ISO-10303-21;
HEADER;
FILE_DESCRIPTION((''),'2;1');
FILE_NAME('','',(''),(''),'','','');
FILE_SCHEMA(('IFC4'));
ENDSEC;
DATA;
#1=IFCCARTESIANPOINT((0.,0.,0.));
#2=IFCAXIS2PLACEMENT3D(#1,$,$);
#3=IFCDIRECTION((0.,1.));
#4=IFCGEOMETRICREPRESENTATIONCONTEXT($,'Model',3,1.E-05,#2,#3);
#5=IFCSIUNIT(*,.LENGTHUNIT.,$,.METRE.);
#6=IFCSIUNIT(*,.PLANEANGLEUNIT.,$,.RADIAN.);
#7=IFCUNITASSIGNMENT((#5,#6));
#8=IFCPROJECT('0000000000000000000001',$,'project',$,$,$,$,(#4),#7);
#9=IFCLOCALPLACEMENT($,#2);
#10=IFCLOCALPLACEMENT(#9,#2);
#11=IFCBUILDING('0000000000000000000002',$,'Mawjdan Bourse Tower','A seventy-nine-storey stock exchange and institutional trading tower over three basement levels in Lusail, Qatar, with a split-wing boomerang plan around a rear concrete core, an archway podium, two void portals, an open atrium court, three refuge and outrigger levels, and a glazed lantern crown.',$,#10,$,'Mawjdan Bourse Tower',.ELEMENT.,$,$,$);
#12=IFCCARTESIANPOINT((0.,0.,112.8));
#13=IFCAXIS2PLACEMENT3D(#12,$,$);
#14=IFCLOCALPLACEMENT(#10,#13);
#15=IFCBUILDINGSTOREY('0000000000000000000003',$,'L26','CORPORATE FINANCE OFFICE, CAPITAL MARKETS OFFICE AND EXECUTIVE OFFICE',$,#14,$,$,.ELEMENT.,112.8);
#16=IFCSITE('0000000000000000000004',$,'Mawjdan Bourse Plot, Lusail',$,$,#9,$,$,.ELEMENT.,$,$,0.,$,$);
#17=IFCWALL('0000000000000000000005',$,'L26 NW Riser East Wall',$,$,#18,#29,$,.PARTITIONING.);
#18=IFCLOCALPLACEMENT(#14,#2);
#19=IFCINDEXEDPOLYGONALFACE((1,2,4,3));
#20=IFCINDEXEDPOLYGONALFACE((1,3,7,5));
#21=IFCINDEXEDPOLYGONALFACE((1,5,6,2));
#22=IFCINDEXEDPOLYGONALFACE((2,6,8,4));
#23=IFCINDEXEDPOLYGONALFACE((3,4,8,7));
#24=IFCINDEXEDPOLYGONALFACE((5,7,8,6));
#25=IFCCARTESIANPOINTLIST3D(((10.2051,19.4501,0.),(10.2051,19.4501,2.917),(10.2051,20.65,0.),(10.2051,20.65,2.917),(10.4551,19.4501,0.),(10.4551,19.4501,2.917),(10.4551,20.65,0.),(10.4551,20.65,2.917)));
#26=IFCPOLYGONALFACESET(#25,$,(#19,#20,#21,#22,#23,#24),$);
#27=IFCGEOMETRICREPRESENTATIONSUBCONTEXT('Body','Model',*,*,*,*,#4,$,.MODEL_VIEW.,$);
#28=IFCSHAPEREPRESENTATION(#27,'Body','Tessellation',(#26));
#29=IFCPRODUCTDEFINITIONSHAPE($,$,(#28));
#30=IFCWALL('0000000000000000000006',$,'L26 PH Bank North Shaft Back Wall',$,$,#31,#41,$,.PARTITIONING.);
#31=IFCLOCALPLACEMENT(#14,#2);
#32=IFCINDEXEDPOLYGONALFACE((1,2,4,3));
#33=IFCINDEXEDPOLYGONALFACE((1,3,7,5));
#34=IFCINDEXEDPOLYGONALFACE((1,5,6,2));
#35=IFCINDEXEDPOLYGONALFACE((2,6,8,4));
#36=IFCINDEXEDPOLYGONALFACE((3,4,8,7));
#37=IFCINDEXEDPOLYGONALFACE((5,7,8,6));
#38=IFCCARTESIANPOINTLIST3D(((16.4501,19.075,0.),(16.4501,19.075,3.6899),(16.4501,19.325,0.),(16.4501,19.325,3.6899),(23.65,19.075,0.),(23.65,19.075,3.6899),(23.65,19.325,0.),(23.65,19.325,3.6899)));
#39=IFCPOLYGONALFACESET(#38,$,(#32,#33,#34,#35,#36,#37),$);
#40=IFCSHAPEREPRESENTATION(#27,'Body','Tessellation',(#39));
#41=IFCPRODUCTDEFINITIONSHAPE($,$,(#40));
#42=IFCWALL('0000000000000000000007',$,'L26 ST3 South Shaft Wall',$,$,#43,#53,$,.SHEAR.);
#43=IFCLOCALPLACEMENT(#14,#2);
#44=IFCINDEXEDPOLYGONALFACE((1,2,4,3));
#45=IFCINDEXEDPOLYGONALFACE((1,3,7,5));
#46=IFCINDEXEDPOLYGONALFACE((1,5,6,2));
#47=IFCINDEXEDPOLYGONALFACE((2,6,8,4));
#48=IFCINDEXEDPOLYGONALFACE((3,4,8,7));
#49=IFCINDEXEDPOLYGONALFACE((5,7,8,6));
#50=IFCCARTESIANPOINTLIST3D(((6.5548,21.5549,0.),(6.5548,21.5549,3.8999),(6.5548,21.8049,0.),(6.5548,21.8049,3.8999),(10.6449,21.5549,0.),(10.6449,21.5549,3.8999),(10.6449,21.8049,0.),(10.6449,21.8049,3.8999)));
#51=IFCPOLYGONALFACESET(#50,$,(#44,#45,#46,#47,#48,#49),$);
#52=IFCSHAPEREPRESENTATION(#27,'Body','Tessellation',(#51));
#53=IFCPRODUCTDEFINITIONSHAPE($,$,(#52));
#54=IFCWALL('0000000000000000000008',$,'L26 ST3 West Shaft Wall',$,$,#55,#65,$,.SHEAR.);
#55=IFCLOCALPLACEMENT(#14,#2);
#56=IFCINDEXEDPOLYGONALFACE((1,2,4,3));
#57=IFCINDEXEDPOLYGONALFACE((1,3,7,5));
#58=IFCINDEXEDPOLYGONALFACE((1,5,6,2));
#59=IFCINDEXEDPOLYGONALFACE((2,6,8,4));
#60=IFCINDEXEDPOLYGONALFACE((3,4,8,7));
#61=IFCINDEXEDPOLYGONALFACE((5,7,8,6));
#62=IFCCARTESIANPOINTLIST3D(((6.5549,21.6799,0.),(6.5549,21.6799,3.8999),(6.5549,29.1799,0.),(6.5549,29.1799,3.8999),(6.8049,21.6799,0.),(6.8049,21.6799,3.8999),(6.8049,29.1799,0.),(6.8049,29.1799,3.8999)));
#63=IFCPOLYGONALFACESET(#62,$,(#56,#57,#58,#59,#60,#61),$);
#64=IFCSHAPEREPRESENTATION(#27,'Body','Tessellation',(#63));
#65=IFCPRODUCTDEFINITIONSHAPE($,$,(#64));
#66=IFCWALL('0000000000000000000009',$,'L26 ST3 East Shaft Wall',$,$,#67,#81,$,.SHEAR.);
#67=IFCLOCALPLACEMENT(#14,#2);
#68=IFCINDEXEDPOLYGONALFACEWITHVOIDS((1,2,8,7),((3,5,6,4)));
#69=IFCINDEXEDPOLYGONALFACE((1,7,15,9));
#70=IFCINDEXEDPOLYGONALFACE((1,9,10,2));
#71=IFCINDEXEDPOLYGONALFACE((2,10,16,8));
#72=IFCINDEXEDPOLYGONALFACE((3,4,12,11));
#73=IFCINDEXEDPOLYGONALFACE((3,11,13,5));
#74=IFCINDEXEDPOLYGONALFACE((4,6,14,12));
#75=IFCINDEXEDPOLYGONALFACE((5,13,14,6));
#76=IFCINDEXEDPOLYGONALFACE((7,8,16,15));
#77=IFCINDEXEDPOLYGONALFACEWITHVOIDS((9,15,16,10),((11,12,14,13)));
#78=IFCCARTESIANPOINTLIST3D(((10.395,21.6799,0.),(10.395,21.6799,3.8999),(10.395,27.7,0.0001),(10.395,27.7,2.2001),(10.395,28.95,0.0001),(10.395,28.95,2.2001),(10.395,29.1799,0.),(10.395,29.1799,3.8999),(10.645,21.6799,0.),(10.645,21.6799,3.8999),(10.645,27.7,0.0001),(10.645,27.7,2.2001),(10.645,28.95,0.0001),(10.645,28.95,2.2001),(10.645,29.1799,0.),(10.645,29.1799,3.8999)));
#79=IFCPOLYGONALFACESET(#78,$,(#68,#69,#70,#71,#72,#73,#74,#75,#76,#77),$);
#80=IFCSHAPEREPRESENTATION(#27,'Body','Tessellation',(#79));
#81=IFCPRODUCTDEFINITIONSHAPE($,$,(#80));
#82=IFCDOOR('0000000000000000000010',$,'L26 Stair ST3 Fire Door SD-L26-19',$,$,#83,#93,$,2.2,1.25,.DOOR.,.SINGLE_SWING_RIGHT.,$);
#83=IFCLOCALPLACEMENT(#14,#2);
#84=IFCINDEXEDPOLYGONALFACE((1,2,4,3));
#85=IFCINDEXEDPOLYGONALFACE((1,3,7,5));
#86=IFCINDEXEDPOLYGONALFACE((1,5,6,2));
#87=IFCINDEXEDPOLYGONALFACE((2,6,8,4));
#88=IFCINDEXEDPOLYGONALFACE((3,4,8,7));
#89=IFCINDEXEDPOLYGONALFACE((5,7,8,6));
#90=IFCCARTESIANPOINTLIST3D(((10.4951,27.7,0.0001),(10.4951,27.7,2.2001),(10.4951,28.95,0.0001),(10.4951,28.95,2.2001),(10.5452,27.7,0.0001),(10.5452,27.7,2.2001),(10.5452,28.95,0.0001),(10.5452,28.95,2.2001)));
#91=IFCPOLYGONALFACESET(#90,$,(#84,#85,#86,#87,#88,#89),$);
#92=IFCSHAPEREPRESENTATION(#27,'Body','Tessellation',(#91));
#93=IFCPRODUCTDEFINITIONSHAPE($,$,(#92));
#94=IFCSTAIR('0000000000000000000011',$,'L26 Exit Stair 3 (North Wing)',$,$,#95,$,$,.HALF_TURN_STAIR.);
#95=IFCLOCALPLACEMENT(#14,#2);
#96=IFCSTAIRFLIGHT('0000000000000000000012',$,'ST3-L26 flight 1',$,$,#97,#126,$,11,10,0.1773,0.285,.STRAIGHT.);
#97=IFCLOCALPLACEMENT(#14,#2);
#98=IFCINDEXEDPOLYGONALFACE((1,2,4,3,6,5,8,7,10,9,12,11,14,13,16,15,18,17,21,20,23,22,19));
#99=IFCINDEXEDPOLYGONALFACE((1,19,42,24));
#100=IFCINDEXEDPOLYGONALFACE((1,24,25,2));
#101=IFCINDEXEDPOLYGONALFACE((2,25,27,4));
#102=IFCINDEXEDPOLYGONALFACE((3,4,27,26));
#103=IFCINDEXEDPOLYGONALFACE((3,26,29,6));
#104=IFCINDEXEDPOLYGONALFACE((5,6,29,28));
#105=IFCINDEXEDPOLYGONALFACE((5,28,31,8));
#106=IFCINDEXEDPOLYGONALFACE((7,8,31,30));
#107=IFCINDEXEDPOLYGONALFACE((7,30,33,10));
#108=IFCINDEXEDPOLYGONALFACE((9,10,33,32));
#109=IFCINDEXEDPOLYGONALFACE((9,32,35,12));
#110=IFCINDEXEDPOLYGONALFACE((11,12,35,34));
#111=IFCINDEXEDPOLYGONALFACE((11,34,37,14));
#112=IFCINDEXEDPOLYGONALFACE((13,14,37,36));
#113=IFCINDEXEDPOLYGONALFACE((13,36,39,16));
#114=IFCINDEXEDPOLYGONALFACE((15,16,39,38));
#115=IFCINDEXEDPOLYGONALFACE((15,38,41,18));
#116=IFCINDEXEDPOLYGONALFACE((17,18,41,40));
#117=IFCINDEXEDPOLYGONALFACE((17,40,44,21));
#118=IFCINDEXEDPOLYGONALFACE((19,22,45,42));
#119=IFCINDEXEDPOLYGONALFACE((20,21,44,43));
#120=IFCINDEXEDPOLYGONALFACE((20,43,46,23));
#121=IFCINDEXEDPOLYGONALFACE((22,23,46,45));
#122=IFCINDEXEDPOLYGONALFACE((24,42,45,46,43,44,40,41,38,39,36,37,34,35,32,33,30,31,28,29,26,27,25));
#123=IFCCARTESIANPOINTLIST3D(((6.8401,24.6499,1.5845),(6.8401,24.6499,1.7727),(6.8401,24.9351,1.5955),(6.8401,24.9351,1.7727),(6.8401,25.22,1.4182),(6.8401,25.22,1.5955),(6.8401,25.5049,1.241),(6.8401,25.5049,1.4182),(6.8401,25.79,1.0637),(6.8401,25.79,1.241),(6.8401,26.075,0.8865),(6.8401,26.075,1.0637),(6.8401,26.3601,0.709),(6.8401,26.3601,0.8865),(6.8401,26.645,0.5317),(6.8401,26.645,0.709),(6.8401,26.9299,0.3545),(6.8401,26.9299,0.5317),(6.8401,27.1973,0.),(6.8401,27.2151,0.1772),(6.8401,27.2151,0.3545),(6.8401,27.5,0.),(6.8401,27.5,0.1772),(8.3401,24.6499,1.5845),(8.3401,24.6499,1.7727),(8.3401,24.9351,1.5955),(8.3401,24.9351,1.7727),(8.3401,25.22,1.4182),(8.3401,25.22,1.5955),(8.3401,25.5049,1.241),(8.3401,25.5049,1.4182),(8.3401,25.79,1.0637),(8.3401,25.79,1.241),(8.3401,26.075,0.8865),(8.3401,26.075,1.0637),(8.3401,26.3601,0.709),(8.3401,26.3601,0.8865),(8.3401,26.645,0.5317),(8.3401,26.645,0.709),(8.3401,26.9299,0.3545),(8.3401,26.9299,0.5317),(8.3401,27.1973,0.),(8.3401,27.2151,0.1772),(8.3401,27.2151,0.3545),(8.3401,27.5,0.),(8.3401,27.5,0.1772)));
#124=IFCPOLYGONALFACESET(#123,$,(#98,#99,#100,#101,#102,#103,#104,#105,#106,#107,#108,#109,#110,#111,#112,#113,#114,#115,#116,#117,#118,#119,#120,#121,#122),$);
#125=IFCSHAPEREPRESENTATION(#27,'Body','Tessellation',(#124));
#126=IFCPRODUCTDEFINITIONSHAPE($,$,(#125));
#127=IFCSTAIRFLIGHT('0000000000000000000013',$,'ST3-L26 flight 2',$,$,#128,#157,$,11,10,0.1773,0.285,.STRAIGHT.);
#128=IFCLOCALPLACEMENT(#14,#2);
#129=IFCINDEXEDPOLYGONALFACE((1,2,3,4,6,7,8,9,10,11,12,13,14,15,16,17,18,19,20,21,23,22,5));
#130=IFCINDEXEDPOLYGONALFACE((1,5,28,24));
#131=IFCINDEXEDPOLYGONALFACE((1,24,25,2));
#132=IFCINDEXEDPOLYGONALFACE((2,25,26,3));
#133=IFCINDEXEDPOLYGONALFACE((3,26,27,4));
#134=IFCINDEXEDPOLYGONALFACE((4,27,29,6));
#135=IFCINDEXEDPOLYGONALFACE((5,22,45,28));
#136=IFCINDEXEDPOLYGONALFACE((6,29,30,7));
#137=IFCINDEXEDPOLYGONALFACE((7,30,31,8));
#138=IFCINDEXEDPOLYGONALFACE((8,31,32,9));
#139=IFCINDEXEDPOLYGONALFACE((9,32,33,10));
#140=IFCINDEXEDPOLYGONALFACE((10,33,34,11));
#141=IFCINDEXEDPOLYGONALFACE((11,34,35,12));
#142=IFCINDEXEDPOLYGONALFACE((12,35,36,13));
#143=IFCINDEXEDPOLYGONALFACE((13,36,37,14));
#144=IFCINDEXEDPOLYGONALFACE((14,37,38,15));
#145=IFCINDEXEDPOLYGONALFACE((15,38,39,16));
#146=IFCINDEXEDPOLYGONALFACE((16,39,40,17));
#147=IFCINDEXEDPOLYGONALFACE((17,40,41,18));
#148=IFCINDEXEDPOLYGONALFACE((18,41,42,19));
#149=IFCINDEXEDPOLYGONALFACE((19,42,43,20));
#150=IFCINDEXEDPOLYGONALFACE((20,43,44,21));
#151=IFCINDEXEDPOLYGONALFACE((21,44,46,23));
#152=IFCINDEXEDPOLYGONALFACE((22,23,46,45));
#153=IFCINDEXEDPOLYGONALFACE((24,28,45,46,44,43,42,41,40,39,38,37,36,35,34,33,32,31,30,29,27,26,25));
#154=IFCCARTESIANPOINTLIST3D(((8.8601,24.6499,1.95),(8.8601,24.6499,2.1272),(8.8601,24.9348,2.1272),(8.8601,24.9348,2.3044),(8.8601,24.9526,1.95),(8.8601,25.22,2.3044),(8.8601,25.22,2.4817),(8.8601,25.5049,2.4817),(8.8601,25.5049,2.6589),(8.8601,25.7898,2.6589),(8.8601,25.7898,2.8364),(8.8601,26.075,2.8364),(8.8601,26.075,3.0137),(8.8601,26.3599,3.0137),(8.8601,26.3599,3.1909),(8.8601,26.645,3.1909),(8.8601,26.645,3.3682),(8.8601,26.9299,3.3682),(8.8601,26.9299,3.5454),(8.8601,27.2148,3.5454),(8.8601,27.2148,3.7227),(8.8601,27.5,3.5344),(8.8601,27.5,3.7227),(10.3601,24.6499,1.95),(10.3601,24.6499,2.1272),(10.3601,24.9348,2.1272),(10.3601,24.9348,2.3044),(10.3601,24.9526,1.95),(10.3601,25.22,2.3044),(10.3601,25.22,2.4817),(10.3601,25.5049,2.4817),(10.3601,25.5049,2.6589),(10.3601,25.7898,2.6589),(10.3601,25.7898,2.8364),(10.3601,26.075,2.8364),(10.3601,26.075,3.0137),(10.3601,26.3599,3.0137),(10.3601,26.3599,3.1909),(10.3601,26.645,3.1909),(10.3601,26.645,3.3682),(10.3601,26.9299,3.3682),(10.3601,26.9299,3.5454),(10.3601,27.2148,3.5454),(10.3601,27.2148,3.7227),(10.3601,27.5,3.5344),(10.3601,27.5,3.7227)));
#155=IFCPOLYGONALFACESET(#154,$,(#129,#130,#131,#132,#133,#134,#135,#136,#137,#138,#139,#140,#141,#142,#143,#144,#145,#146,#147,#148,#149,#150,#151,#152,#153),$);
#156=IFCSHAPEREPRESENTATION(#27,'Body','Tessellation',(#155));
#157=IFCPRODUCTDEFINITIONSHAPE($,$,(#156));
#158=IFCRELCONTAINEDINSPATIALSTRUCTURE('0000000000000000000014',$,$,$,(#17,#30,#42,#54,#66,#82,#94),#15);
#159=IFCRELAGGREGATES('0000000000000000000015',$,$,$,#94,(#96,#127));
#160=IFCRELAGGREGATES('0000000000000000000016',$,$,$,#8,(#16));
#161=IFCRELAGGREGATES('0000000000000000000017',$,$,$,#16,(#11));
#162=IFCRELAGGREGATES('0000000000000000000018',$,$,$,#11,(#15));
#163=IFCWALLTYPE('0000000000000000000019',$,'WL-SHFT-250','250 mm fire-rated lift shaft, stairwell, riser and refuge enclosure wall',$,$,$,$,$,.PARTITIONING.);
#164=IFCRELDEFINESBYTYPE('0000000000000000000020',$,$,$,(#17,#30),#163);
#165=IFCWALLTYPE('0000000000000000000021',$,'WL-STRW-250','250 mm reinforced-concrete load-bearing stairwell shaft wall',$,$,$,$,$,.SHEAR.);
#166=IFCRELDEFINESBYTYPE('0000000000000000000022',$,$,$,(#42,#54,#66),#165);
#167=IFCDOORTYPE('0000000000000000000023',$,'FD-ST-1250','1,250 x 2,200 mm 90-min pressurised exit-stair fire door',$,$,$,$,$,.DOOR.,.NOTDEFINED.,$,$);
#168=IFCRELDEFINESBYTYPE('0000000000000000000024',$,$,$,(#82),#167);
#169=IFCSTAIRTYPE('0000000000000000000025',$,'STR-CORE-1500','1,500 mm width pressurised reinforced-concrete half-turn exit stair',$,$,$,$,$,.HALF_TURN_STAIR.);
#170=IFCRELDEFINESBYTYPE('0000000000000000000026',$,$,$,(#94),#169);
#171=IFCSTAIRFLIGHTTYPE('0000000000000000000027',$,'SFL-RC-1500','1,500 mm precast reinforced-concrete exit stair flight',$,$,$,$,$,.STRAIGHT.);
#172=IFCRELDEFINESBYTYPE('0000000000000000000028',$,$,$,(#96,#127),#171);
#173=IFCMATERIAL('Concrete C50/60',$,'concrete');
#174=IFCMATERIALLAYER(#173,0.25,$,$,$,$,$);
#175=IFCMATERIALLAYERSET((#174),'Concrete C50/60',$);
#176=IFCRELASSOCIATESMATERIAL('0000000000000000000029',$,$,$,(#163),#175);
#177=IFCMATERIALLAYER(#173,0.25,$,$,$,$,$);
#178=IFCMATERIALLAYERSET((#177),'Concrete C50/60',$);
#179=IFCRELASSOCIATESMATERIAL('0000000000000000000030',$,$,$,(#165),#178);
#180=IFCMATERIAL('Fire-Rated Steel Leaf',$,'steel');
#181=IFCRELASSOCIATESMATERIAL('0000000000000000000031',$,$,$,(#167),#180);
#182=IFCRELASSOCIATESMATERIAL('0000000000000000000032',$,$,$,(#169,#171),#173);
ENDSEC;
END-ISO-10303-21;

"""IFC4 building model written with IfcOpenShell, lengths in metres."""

from ifc_helpers import new_model, si_unit, direction, frame, frame_2d, origin, place, context, subcontext, project, spatial, polyline, rectangle, outline, extrude, material, layer, layer_set, type_object, element, fill, aggregate, save


model = new_model("IFC4")

# Units and contexts
model_context = context("Model", 3, precision=1e-05, world=origin(), true_north=direction((0.0, 1.0)))
body_context = subcontext(model_context, "Body", "Model", "MODEL_VIEW")
ifc_project = project(units=[si_unit("LENGTHUNIT", "METRE"), si_unit("PLANEANGLEUNIT", "RADIAN")], contexts=[model_context])

# Site, building, storey
site_placement = place(None, origin())
site = spatial("IfcSite", under=ifc_project, at=site_placement, Name="Mawjdan Bourse Plot, Lusail", CompositionType="ELEMENT", RefElevation=0.0)
building_placement = place(site_placement, origin())
building = spatial("IfcBuilding", under=site, at=building_placement, Name="Mawjdan Bourse Tower", Description="A seventy-nine-storey stock exchange and institutional trading tower over three basement levels in Lusail, Qatar, with a split-wing boomerang plan around a rear concrete core, an archway podium, two void portals, an open atrium court, three refuge and outrigger levels, and a glazed lantern crown.", LongName="Mawjdan Bourse Tower", CompositionType="ELEMENT")
storey_placement = place(building_placement, frame((0.0, 0.0, 112.8)))
storey = spatial("IfcBuildingStorey", under=building, at=storey_placement, Name="L26", Description="CORPORATE FINANCE OFFICE, CAPITAL MARKETS OFFICE AND EXECUTIVE OFFICE", CompositionType="ELEMENT", Elevation=112.8)

# Walls
ifc_material_1 = material(Name="Concrete C50/60", Category="concrete")
ifc_layer_1 = layer(ifc_material_1, 0.25)
ifc_layer_set_1 = layer_set([ifc_layer_1], Name="Concrete C50/60")
wall_type_1 = type_object("IfcWallType", Name="WL-SHFT-250", Description="250 mm fire-rated lift shaft, stairwell, riser and refuge enclosure wall", PredefinedType="PARTITIONING", material=ifc_layer_set_1)
wall_1_placement = place(storey_placement, frame((10.3301, 19.45, 0.0), z_axis=(0.0, 0.0, 1.0), x_axis=(0.0, 1.0, 0.0)))
element("IfcWall", 1, at=wall_1_placement, inside=storey, type_object=wall_type_1, Name="L26 NW Riser East Wall", PredefinedType="PARTITIONING", context=body_context, shape_type="SweptSolid", body=[
    extrude(rectangle(XDim=1.2, YDim=0.25, at=frame_2d((0.6001, 0.0))), origin(), (0.0, 0.0, 1.0), 2.917),
])
wall_2_placement = place(storey_placement, frame((16.45, 19.2, 0.0), z_axis=(0.0, 0.0, 1.0), x_axis=(1.0, 0.0, 0.0)))
element("IfcWall", 2, at=wall_2_placement, inside=storey, type_object=wall_type_1, Name="L26 PH Bank North Shaft Back Wall", PredefinedType="PARTITIONING", context=body_context, shape_type="SweptSolid", body=[
    extrude(rectangle(XDim=7.2, YDim=0.25, at=frame_2d((3.6001, 0.0))), origin(), (0.0, 0.0, 1.0), 3.6899),
])
ifc_layer_2 = layer(ifc_material_1, 0.25)
ifc_layer_set_2 = layer_set([ifc_layer_2], Name="Concrete C50/60")
wall_type_2 = type_object("IfcWallType", Name="WL-STRW-250", Description="250 mm reinforced-concrete load-bearing stairwell shaft wall", PredefinedType="SHEAR", material=ifc_layer_set_2)
wall_3_placement = place(storey_placement, frame((6.5549, 21.6799, 0.0), z_axis=(0.0, 0.0, 1.0), x_axis=(1.0, 0.0, 0.0)))
element("IfcWall", 3, at=wall_3_placement, inside=storey, type_object=wall_type_2, Name="L26 ST3 South Shaft Wall", PredefinedType="SHEAR", context=body_context, shape_type="SweptSolid", body=[
    extrude(rectangle(XDim=4.0901, YDim=0.25, at=frame_2d((2.0449, 0.0))), origin(), (0.0, 0.0, 1.0), 3.8999),
])
wall_4_placement = place(storey_placement, frame((6.6799, 21.6799, 0.0), z_axis=(0.0, 0.0, 1.0), x_axis=(0.0, 1.0, 0.0)))
element("IfcWall", 4, at=wall_4_placement, inside=storey, type_object=wall_type_2, Name="L26 ST3 West Shaft Wall", PredefinedType="SHEAR", context=body_context, shape_type="SweptSolid", body=[
    extrude(rectangle(XDim=7.5, YDim=0.25, at=frame_2d((3.75, 0.0))), origin(), (0.0, 0.0, 1.0), 3.8999),
])

# Wall, opening, door
wall_5_placement = place(storey_placement, frame((10.52, 21.6799, 0.0), z_axis=(0.0, 0.0, 1.0), x_axis=(0.0, 1.0, 0.0)))
wall_5 = element("IfcWall", 5, at=wall_5_placement, inside=storey, type_object=wall_type_2, Name="L26 ST3 East Shaft Wall", PredefinedType="SHEAR", context=body_context, shape_type="SweptSolid", body=[
    extrude(rectangle(XDim=7.5, YDim=0.25, at=frame_2d((3.75, 0.0))), origin(), (0.0, 0.0, 1.0), 3.8999),
])
opening_1_placement = place(wall_5_placement, frame((6.02, 0.0, 0.0)))
opening_1 = element("IfcOpeningElement", 6, at=opening_1_placement, cuts=wall_5, PredefinedType="OPENING", context=body_context, shape_type="SweptSolid", body=[
    extrude(rectangle(XDim=1.25, YDim=2.2, at=frame_2d((0.625, 1.1001))), frame((0.0, 0.135, 0.0), z_axis=(0.0, -1.0, 0.0), x_axis=(1.0, 0.0, 0.0)), (0.0, 0.0, 1.0), 0.27),
])
ifc_material_2 = material(Name="Fire-Rated Steel Leaf", Category="steel")
door_type_1 = type_object("IfcDoorType", Name="FD-ST-1250", Description="1,250 x 2,200 mm 90-min pressurised exit-stair fire door", OperationType="NOTDEFINED", PredefinedType="DOOR", material=ifc_material_2)
door_1_placement = place(opening_1_placement, origin())
door_1 = element("IfcDoor", 7, at=door_1_placement, inside=storey, type_object=door_type_1, Name="L26 Stair ST3 Fire Door SD-L26-19", OperationType="SINGLE_SWING_RIGHT", OverallHeight=2.2, OverallWidth=1.25, PredefinedType="DOOR", context=body_context, shape_type="SweptSolid", body=[
    extrude(rectangle(XDim=1.25, YDim=2.2, at=frame_2d((0.625, 1.1001))), frame((0.0, 0.0249, 0.0), z_axis=(0.0, -1.0, 0.0), x_axis=(1.0, 0.0, 0.0)), (0.0, 0.0, 1.0), 0.05),
])
fill(opening_1, door_1)

# Stair, stair flights
stair_type = type_object("IfcStairType", Name="STR-CORE-1500", Description="1,500 mm width pressurised reinforced-concrete half-turn exit stair", PredefinedType="HALF_TURN_STAIR", material=ifc_material_1)
stair_placement = place(storey_placement, origin())
stair = element("IfcStair", 8, at=stair_placement, inside=storey, type_object=stair_type, Name="L26 Exit Stair 3 (North Wing)", PredefinedType="HALF_TURN_STAIR")
stair_flight_type = type_object("IfcStairFlightType", Name="SFL-RC-1500", Description="1,500 mm precast reinforced-concrete exit stair flight", PredefinedType="STRAIGHT", material=ifc_material_1)
stair_flight_1_placement = place(storey_placement, frame((7.5901, 27.5, 0.0), z_axis=(0.0, 0.0, 1.0), x_axis=(0.0, -1.0, 0.0)))
stair_flight_1 = element("IfcStairFlight", 9, at=stair_flight_1_placement, type_object=stair_flight_type, Name="ST3-L26 flight 1", NumberOfRisers=11, NumberOfTreads=10, PredefinedType="STRAIGHT", RiserHeight=0.1773, TreadLength=0.285, context=body_context, shape_type="SweptSolid", body=[
    extrude(outline(polyline([(0.0, 0.0), (0.0, 0.1772), (0.2849, 0.1772), (0.2849, 0.3545), (0.5701, 0.3545), (0.5701, 0.5317), (0.855, 0.5317), (0.855, 0.709), (1.1399, 0.709), (1.1399, 0.8865), (1.425, 0.8865), (1.425, 1.0637), (1.71, 1.0637), (1.71, 1.241), (1.9951, 1.241), (1.9951, 1.4182), (2.28, 1.4182), (2.28, 1.5955), (2.5649, 1.5955), (2.5649, 1.7727), (2.8501, 1.7727), (2.8501, 1.95), (2.8501, 1.5845), (0.3027, 0.0), (0.0, 0.0)])), frame((0.0, 0.75, 0.0), z_axis=(0.0, -1.0, 0.0), x_axis=(1.0, 0.0, 0.0)), (0.0, 0.0, 1.0), 1.5),
])
stair_flight_2_placement = place(storey_placement, frame((9.6101, 24.6499, 1.95), z_axis=(0.0, 0.0, 1.0), x_axis=(0.0, 1.0, 0.0)))
stair_flight_2 = element("IfcStairFlight", 10, at=stair_flight_2_placement, type_object=stair_flight_type, Name="ST3-L26 flight 2", NumberOfRisers=11, NumberOfTreads=10, PredefinedType="STRAIGHT", RiserHeight=0.1773, TreadLength=0.285, context=body_context, shape_type="SweptSolid", body=[
    extrude(outline(polyline([(0.0, 0.0), (0.0, 0.1772), (0.2849, 0.1772), (0.2849, 0.3545), (0.5701, 0.3545), (0.5701, 0.5317), (0.855, 0.5317), (0.855, 0.709), (1.1399, 0.709), (1.1399, 0.8865), (1.425, 0.8865), (1.425, 1.0637), (1.71, 1.0637), (1.71, 1.241), (1.9951, 1.241), (1.9951, 1.4182), (2.28, 1.4182), (2.28, 1.5955), (2.5649, 1.5955), (2.5649, 1.7727), (2.8501, 1.7727), (2.8501, 1.95), (2.8501, 1.5845), (0.3027, 0.0), (0.0, 0.0)])), frame((0.0, 0.75, 0.0), z_axis=(0.0, -1.0, 0.0), x_axis=(1.0, 0.0, 0.0)), (0.0, 0.0, 1.0), 1.5),
])
aggregate(stair, [stair_flight_1, stair_flight_2])

save(model, "model.ifc")
